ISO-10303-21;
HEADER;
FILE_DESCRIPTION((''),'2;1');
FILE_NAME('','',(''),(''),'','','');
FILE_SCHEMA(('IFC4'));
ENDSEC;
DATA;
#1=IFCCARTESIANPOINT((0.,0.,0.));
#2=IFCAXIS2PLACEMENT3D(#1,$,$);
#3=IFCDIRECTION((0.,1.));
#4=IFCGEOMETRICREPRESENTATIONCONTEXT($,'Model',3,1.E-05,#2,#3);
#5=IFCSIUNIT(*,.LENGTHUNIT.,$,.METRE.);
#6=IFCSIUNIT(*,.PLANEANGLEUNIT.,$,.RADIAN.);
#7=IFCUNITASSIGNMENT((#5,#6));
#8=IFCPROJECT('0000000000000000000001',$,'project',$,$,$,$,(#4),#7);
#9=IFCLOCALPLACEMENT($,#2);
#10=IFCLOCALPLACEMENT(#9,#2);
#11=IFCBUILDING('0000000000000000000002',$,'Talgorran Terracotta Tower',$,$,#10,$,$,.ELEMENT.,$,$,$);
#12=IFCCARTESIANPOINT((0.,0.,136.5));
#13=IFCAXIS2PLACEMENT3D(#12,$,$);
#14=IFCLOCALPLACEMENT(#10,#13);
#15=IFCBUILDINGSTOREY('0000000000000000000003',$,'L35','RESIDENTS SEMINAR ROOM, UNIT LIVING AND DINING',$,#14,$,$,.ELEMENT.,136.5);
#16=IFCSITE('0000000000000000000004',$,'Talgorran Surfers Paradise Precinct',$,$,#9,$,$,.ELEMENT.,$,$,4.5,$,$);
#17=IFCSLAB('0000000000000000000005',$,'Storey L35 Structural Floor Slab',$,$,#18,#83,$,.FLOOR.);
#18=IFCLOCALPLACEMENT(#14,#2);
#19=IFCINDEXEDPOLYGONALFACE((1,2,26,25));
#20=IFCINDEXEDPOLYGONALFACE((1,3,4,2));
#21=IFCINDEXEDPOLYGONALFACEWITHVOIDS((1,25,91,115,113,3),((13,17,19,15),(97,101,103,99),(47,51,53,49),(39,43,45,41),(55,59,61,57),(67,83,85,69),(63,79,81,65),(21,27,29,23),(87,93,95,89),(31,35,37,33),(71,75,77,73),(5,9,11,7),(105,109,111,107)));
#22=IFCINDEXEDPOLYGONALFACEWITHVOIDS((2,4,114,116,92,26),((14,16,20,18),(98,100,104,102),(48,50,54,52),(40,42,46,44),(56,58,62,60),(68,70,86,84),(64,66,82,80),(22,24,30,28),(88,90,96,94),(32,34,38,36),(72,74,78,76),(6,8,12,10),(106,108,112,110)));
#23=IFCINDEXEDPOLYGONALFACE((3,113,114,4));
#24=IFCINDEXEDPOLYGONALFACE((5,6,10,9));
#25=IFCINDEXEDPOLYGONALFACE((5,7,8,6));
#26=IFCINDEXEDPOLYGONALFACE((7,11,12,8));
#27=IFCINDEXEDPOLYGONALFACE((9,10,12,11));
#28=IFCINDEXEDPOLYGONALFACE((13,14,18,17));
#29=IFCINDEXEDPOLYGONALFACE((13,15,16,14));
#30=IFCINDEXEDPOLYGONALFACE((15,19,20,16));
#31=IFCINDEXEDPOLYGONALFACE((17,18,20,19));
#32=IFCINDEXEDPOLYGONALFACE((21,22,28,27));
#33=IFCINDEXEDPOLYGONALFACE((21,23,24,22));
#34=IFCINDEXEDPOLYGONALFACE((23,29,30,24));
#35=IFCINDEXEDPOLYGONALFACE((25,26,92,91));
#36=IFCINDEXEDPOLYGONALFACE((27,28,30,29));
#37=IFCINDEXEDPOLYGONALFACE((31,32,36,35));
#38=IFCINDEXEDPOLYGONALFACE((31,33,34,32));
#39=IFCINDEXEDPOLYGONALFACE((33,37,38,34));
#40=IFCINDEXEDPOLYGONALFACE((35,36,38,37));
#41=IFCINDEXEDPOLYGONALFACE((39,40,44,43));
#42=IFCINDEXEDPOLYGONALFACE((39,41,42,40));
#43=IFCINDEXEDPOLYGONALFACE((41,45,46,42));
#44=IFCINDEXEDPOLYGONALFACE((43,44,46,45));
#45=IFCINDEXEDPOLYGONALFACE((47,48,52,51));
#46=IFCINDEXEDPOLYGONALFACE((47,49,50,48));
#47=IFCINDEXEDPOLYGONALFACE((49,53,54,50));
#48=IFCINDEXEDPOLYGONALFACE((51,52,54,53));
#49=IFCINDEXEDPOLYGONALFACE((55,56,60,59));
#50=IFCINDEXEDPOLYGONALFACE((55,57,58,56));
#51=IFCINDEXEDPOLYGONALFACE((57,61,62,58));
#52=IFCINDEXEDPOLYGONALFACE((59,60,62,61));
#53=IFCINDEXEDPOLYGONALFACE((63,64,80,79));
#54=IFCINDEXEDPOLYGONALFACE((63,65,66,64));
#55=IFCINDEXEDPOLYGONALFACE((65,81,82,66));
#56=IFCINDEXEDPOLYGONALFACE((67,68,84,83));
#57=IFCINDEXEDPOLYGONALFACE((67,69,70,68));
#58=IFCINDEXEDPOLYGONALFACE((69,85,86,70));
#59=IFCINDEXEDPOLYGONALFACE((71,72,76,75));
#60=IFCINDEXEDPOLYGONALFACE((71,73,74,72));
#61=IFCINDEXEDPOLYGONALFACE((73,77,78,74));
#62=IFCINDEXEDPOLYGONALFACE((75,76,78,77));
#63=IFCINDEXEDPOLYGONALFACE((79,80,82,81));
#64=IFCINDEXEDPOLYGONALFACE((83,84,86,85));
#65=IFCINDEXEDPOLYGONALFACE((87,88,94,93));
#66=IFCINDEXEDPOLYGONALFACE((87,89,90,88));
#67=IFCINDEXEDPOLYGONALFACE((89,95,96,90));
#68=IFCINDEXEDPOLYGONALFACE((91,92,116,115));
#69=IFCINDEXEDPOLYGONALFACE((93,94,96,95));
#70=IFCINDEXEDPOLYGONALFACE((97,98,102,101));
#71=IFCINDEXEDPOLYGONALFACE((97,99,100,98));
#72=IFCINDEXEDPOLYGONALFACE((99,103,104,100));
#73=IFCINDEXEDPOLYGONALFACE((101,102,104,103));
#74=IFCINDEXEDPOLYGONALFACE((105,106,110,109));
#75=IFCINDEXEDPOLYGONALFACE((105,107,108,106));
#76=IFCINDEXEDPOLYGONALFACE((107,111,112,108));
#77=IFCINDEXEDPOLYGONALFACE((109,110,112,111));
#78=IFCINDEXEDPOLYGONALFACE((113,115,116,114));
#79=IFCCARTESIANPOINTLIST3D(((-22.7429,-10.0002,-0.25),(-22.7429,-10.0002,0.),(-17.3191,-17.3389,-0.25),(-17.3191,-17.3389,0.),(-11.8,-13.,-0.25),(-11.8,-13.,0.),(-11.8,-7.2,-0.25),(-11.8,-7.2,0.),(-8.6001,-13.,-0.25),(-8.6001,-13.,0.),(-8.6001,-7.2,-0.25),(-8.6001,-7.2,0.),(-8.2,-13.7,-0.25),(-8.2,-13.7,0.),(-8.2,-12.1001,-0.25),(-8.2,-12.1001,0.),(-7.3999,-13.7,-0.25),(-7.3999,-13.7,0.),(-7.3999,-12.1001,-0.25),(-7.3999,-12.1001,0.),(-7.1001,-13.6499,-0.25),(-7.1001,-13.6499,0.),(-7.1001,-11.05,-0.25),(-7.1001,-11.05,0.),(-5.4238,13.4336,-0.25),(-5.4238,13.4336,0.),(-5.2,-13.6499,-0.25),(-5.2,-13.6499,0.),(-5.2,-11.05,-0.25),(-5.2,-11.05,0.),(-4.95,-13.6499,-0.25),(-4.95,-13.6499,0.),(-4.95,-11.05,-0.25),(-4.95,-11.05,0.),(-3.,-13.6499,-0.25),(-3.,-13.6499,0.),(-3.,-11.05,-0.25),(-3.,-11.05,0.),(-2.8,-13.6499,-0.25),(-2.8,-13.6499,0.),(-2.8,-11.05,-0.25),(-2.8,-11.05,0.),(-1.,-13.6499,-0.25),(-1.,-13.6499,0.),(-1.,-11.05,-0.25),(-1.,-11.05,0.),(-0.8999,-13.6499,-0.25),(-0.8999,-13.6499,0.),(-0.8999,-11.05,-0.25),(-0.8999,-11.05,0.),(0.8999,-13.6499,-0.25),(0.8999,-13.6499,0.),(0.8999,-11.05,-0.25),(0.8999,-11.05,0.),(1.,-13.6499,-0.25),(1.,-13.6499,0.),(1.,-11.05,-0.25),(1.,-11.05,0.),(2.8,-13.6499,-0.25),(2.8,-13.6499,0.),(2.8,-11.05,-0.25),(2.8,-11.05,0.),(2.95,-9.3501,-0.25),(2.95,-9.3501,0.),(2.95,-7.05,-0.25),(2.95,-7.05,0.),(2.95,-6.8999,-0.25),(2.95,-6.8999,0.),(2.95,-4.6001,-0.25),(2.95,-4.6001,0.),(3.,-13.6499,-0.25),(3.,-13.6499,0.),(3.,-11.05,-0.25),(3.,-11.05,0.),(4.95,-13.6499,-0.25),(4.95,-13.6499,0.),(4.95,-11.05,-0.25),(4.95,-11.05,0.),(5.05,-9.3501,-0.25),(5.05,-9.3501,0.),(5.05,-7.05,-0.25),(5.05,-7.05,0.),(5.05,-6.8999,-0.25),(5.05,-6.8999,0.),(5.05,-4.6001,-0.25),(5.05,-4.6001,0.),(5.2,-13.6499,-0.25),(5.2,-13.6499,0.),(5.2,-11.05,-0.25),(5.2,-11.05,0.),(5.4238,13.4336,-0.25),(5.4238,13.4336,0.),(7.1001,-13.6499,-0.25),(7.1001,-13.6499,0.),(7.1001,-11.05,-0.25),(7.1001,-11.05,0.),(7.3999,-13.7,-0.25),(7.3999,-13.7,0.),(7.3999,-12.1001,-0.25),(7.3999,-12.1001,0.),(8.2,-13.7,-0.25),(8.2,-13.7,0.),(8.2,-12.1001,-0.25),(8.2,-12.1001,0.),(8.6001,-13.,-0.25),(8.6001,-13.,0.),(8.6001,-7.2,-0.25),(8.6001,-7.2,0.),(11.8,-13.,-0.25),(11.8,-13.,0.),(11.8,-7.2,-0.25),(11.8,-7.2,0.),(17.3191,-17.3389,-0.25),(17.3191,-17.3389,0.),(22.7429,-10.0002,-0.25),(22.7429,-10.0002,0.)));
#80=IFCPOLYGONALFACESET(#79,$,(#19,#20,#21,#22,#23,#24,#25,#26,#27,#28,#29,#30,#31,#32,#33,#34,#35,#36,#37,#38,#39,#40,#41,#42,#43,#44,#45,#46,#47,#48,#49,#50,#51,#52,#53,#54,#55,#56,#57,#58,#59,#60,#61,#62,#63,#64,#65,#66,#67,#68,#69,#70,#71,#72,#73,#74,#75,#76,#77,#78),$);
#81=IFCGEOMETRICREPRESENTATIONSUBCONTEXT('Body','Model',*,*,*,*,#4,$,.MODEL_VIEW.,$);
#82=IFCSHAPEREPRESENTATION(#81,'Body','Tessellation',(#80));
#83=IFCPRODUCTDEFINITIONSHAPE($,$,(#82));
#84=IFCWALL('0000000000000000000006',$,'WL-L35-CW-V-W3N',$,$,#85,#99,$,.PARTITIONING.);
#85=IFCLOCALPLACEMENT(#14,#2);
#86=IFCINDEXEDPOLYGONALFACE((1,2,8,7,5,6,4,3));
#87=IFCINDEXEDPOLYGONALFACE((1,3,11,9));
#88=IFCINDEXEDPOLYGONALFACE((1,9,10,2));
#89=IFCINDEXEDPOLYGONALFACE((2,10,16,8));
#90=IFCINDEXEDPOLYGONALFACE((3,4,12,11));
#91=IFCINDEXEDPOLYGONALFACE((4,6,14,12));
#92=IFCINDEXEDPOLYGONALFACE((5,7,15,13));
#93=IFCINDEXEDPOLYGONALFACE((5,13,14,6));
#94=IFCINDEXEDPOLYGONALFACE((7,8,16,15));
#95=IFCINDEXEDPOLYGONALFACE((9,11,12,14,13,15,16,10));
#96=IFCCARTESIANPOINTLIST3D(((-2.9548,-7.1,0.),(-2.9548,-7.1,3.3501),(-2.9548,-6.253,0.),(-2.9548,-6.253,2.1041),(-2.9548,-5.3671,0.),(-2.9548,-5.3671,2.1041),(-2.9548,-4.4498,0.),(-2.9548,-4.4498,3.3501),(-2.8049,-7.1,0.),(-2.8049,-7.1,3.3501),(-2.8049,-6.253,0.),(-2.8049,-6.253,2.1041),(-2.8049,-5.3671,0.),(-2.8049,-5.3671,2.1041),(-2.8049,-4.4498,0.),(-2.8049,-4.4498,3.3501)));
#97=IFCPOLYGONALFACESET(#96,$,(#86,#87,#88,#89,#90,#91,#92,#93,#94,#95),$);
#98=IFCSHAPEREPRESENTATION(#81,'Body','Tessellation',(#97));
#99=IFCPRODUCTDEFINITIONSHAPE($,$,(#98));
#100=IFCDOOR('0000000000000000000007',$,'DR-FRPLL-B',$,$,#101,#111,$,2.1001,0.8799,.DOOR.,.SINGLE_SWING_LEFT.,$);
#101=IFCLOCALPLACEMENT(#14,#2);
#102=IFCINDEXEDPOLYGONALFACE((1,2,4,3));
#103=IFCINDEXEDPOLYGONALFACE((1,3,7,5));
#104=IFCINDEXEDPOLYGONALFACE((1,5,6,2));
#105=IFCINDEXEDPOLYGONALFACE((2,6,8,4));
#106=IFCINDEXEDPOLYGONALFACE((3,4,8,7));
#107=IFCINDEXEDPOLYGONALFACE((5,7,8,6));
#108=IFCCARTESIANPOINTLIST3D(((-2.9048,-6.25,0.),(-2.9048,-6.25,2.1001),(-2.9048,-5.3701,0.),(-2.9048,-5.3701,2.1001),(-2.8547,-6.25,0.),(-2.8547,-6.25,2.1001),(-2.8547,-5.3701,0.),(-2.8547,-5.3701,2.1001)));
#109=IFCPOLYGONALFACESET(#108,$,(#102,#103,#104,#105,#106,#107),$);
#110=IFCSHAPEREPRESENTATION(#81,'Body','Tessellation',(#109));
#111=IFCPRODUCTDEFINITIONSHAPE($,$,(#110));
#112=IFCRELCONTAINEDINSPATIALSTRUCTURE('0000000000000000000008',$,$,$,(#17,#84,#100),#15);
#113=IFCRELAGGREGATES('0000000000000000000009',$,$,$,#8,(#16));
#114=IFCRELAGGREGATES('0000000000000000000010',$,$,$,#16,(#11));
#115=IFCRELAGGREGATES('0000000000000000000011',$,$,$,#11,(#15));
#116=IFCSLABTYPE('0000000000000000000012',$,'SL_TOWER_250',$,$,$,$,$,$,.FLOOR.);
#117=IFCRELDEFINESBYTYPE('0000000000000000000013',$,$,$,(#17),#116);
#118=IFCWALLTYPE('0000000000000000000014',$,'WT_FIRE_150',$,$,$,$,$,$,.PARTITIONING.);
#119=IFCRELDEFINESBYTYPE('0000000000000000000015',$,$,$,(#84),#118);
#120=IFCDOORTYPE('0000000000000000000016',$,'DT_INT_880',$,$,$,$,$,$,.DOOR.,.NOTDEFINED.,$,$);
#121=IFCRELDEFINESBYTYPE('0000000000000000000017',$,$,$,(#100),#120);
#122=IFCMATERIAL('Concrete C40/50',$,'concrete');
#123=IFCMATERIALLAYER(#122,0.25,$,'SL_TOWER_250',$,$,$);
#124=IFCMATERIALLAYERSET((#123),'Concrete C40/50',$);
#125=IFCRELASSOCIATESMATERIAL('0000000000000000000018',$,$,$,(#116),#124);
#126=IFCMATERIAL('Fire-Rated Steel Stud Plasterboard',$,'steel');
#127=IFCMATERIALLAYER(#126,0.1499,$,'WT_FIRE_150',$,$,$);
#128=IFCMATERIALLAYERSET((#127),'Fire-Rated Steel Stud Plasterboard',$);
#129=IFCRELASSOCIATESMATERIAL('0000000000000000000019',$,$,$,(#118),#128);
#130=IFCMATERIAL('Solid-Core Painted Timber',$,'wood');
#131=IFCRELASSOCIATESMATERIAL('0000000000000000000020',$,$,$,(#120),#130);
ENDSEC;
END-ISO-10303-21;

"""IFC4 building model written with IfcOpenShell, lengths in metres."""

from ifc_helpers import new_model, si_unit, direction, frame, frame_2d, origin, place, context, subcontext, project, spatial, polyline, rectangle, outline, extrude, material, layer, layer_set, type_object, element, fill, save


model = new_model("IFC4")

# Units and contexts
model_context = context("Model", 3, precision=1e-05, world=origin(), true_north=direction((0.0, 1.0)))
body_context = subcontext(model_context, "Body", "Model", "MODEL_VIEW")
ifc_project = project(units=[si_unit("LENGTHUNIT", "METRE"), si_unit("PLANEANGLEUNIT", "RADIAN")], contexts=[model_context])

# Site, building, storey
site_placement = place(None, origin())
site = spatial("IfcSite", under=ifc_project, at=site_placement, Name="Talgorran Surfers Paradise Precinct", CompositionType="ELEMENT", RefElevation=4.5)
building_placement = place(site_placement, origin())
building = spatial("IfcBuilding", under=site, at=building_placement, Name="Talgorran Terracotta Tower", CompositionType="ELEMENT")
storey_placement = place(building_placement, frame((0.0, 0.0, 136.5)))
storey = spatial("IfcBuildingStorey", under=building, at=storey_placement, Name="L35", Description="RESIDENTS SEMINAR ROOM, UNIT LIVING AND DINING", CompositionType="ELEMENT", Elevation=136.5)

# Slab
ifc_material_1 = material(Name="Concrete C40/50", Category="concrete")
ifc_layer_1 = layer(ifc_material_1, 0.25, Name="SL_TOWER_250")
ifc_layer_set_1 = layer_set([ifc_layer_1], Name="Concrete C40/50")
slab_type_1 = type_object("IfcSlabType", Name="SL_TOWER_250", PredefinedType="FLOOR", material=ifc_layer_set_1)
slab_1_placement = place(storey_placement, frame((0.0, 0.0, -0.25)))
element("IfcSlab", 1, at=slab_1_placement, inside=storey, type_object=slab_type_1, Name="Storey L35 Structural Floor Slab", PredefinedType="FLOOR", context=body_context, shape_type="SweptSolid", body=[
    extrude(outline(polyline([(-22.7429, -10.0002), (-17.3191, -17.3389), (17.3191, -17.3389), (22.7429, -10.0002), (5.4238, 13.4336), (-5.4238, 13.4336), (-22.7429, -10.0002)]), holes=[polyline([(-11.8, -7.2), (-11.8, -13.0), (-8.6001, -13.0), (-8.6001, -7.2), (-11.8, -7.2)]), polyline([(8.6001, -7.2), (8.6001, -13.0), (11.8, -13.0), (11.8, -7.2), (8.6001, -7.2)]), polyline([(-7.1001, -13.6499), (-5.2, -13.6499), (-5.2, -11.05), (-7.1001, -11.05), (-7.1001, -13.6499)]), polyline([(5.2, -13.6499), (7.1001, -13.6499), (7.1001, -11.05), (5.2, -11.05), (5.2, -13.6499)]), polyline([(3.0, -13.6499), (4.95, -13.6499), (4.95, -11.05), (3.0, -11.05), (3.0, -13.6499)]), polyline([(-4.95, -13.6499), (-3.0, -13.6499), (-3.0, -11.05), (-4.95, -11.05), (-4.95, -13.6499)]), polyline([(2.95, -9.3501), (5.05, -9.3501), (5.05, -7.05), (2.95, -7.05), (2.95, -9.3501)]), polyline([(2.95, -6.8999), (5.05, -6.8999), (5.05, -4.6001), (2.95, -4.6001), (2.95, -6.8999)]), polyline([(-2.8, -13.6499), (-1.0, -13.6499), (-1.0, -11.05), (-2.8, -11.05), (-2.8, -13.6499)]), polyline([(-0.8999, -13.6499), (0.8999, -13.6499), (0.8999, -11.05), (-0.8999, -11.05), (-0.8999, -13.6499)]), polyline([(1.0, -13.6499), (2.8, -13.6499), (2.8, -11.05), (1.0, -11.05), (1.0, -13.6499)]), polyline([(-8.2, -13.7), (-7.3999, -13.7), (-7.3999, -12.1001), (-8.2, -12.1001), (-8.2, -13.7)]), polyline([(7.3999, -13.7), (8.2, -13.7), (8.2, -12.1001), (7.3999, -12.1001), (7.3999, -13.7)])]), origin(), (0.0, 0.0, 1.0), 0.25),
])

# Wall, opening, door
ifc_material_2 = material(Name="Fire-Rated Steel Stud Plasterboard", Category="steel")
ifc_layer_2 = layer(ifc_material_2, 0.1499, Name="WT_FIRE_150")
ifc_layer_set_2 = layer_set([ifc_layer_2], Name="Fire-Rated Steel Stud Plasterboard")
wall_type = type_object("IfcWallType", Name="WT_FIRE_150", PredefinedType="PARTITIONING", material=ifc_layer_set_2)
wall_placement = place(storey_placement, frame((-2.8799, -7.1001, 0.0), z_axis=(0.0, 0.0, 1.0), x_axis=(0.0, 1.0, 0.0)))
wall = element("IfcWall", 2, at=wall_placement, inside=storey, type_object=wall_type, Name="WL-L35-CW-V-W3N", PredefinedType="PARTITIONING", context=body_context, shape_type="SweptSolid", body=[
    extrude(rectangle(XDim=2.6501, YDim=0.1499, at=frame_2d((1.3252, 0.0))), origin(), (0.0, 0.0, 1.0), 3.3501),
])
opening_placement = place(wall_placement, frame((0.8501, 0.0, 0.0)))
opening = element("IfcOpeningElement", 3, at=opening_placement, cuts=wall, PredefinedType="OPENING", context=body_context, shape_type="SweptSolid", body=[
    extrude(rectangle(XDim=0.8859, YDim=2.1041, at=frame_2d((0.4399, 1.052))), frame((0.0, 0.085, 0.0), z_axis=(0.0, -1.0, 0.0), x_axis=(1.0, 0.0, 0.0)), (0.0, 0.0, 1.0), 0.1699),
])
ifc_material_3 = material(Name="Solid-Core Painted Timber", Category="wood")
door_type = type_object("IfcDoorType", Name="DT_INT_880", OperationType="NOTDEFINED", PredefinedType="DOOR", material=ifc_material_3)
door_placement = place(opening_placement, origin())
door = element("IfcDoor", 4, at=door_placement, inside=storey, type_object=door_type, Name="DR-FRPLL-B", OperationType="SINGLE_SWING_LEFT", OverallHeight=2.1001, OverallWidth=0.8799, PredefinedType="DOOR", context=body_context, shape_type="SweptSolid", body=[
    extrude(rectangle(XDim=0.8799, YDim=2.1001, at=frame_2d((0.4399, 1.05))), frame((0.0, 0.0249, 0.0), z_axis=(0.0, -1.0, 0.0), x_axis=(1.0, 0.0, 0.0)), (0.0, 0.0, 1.0), 0.05),
])
fill(opening, door)

save(model, "model.ifc")
